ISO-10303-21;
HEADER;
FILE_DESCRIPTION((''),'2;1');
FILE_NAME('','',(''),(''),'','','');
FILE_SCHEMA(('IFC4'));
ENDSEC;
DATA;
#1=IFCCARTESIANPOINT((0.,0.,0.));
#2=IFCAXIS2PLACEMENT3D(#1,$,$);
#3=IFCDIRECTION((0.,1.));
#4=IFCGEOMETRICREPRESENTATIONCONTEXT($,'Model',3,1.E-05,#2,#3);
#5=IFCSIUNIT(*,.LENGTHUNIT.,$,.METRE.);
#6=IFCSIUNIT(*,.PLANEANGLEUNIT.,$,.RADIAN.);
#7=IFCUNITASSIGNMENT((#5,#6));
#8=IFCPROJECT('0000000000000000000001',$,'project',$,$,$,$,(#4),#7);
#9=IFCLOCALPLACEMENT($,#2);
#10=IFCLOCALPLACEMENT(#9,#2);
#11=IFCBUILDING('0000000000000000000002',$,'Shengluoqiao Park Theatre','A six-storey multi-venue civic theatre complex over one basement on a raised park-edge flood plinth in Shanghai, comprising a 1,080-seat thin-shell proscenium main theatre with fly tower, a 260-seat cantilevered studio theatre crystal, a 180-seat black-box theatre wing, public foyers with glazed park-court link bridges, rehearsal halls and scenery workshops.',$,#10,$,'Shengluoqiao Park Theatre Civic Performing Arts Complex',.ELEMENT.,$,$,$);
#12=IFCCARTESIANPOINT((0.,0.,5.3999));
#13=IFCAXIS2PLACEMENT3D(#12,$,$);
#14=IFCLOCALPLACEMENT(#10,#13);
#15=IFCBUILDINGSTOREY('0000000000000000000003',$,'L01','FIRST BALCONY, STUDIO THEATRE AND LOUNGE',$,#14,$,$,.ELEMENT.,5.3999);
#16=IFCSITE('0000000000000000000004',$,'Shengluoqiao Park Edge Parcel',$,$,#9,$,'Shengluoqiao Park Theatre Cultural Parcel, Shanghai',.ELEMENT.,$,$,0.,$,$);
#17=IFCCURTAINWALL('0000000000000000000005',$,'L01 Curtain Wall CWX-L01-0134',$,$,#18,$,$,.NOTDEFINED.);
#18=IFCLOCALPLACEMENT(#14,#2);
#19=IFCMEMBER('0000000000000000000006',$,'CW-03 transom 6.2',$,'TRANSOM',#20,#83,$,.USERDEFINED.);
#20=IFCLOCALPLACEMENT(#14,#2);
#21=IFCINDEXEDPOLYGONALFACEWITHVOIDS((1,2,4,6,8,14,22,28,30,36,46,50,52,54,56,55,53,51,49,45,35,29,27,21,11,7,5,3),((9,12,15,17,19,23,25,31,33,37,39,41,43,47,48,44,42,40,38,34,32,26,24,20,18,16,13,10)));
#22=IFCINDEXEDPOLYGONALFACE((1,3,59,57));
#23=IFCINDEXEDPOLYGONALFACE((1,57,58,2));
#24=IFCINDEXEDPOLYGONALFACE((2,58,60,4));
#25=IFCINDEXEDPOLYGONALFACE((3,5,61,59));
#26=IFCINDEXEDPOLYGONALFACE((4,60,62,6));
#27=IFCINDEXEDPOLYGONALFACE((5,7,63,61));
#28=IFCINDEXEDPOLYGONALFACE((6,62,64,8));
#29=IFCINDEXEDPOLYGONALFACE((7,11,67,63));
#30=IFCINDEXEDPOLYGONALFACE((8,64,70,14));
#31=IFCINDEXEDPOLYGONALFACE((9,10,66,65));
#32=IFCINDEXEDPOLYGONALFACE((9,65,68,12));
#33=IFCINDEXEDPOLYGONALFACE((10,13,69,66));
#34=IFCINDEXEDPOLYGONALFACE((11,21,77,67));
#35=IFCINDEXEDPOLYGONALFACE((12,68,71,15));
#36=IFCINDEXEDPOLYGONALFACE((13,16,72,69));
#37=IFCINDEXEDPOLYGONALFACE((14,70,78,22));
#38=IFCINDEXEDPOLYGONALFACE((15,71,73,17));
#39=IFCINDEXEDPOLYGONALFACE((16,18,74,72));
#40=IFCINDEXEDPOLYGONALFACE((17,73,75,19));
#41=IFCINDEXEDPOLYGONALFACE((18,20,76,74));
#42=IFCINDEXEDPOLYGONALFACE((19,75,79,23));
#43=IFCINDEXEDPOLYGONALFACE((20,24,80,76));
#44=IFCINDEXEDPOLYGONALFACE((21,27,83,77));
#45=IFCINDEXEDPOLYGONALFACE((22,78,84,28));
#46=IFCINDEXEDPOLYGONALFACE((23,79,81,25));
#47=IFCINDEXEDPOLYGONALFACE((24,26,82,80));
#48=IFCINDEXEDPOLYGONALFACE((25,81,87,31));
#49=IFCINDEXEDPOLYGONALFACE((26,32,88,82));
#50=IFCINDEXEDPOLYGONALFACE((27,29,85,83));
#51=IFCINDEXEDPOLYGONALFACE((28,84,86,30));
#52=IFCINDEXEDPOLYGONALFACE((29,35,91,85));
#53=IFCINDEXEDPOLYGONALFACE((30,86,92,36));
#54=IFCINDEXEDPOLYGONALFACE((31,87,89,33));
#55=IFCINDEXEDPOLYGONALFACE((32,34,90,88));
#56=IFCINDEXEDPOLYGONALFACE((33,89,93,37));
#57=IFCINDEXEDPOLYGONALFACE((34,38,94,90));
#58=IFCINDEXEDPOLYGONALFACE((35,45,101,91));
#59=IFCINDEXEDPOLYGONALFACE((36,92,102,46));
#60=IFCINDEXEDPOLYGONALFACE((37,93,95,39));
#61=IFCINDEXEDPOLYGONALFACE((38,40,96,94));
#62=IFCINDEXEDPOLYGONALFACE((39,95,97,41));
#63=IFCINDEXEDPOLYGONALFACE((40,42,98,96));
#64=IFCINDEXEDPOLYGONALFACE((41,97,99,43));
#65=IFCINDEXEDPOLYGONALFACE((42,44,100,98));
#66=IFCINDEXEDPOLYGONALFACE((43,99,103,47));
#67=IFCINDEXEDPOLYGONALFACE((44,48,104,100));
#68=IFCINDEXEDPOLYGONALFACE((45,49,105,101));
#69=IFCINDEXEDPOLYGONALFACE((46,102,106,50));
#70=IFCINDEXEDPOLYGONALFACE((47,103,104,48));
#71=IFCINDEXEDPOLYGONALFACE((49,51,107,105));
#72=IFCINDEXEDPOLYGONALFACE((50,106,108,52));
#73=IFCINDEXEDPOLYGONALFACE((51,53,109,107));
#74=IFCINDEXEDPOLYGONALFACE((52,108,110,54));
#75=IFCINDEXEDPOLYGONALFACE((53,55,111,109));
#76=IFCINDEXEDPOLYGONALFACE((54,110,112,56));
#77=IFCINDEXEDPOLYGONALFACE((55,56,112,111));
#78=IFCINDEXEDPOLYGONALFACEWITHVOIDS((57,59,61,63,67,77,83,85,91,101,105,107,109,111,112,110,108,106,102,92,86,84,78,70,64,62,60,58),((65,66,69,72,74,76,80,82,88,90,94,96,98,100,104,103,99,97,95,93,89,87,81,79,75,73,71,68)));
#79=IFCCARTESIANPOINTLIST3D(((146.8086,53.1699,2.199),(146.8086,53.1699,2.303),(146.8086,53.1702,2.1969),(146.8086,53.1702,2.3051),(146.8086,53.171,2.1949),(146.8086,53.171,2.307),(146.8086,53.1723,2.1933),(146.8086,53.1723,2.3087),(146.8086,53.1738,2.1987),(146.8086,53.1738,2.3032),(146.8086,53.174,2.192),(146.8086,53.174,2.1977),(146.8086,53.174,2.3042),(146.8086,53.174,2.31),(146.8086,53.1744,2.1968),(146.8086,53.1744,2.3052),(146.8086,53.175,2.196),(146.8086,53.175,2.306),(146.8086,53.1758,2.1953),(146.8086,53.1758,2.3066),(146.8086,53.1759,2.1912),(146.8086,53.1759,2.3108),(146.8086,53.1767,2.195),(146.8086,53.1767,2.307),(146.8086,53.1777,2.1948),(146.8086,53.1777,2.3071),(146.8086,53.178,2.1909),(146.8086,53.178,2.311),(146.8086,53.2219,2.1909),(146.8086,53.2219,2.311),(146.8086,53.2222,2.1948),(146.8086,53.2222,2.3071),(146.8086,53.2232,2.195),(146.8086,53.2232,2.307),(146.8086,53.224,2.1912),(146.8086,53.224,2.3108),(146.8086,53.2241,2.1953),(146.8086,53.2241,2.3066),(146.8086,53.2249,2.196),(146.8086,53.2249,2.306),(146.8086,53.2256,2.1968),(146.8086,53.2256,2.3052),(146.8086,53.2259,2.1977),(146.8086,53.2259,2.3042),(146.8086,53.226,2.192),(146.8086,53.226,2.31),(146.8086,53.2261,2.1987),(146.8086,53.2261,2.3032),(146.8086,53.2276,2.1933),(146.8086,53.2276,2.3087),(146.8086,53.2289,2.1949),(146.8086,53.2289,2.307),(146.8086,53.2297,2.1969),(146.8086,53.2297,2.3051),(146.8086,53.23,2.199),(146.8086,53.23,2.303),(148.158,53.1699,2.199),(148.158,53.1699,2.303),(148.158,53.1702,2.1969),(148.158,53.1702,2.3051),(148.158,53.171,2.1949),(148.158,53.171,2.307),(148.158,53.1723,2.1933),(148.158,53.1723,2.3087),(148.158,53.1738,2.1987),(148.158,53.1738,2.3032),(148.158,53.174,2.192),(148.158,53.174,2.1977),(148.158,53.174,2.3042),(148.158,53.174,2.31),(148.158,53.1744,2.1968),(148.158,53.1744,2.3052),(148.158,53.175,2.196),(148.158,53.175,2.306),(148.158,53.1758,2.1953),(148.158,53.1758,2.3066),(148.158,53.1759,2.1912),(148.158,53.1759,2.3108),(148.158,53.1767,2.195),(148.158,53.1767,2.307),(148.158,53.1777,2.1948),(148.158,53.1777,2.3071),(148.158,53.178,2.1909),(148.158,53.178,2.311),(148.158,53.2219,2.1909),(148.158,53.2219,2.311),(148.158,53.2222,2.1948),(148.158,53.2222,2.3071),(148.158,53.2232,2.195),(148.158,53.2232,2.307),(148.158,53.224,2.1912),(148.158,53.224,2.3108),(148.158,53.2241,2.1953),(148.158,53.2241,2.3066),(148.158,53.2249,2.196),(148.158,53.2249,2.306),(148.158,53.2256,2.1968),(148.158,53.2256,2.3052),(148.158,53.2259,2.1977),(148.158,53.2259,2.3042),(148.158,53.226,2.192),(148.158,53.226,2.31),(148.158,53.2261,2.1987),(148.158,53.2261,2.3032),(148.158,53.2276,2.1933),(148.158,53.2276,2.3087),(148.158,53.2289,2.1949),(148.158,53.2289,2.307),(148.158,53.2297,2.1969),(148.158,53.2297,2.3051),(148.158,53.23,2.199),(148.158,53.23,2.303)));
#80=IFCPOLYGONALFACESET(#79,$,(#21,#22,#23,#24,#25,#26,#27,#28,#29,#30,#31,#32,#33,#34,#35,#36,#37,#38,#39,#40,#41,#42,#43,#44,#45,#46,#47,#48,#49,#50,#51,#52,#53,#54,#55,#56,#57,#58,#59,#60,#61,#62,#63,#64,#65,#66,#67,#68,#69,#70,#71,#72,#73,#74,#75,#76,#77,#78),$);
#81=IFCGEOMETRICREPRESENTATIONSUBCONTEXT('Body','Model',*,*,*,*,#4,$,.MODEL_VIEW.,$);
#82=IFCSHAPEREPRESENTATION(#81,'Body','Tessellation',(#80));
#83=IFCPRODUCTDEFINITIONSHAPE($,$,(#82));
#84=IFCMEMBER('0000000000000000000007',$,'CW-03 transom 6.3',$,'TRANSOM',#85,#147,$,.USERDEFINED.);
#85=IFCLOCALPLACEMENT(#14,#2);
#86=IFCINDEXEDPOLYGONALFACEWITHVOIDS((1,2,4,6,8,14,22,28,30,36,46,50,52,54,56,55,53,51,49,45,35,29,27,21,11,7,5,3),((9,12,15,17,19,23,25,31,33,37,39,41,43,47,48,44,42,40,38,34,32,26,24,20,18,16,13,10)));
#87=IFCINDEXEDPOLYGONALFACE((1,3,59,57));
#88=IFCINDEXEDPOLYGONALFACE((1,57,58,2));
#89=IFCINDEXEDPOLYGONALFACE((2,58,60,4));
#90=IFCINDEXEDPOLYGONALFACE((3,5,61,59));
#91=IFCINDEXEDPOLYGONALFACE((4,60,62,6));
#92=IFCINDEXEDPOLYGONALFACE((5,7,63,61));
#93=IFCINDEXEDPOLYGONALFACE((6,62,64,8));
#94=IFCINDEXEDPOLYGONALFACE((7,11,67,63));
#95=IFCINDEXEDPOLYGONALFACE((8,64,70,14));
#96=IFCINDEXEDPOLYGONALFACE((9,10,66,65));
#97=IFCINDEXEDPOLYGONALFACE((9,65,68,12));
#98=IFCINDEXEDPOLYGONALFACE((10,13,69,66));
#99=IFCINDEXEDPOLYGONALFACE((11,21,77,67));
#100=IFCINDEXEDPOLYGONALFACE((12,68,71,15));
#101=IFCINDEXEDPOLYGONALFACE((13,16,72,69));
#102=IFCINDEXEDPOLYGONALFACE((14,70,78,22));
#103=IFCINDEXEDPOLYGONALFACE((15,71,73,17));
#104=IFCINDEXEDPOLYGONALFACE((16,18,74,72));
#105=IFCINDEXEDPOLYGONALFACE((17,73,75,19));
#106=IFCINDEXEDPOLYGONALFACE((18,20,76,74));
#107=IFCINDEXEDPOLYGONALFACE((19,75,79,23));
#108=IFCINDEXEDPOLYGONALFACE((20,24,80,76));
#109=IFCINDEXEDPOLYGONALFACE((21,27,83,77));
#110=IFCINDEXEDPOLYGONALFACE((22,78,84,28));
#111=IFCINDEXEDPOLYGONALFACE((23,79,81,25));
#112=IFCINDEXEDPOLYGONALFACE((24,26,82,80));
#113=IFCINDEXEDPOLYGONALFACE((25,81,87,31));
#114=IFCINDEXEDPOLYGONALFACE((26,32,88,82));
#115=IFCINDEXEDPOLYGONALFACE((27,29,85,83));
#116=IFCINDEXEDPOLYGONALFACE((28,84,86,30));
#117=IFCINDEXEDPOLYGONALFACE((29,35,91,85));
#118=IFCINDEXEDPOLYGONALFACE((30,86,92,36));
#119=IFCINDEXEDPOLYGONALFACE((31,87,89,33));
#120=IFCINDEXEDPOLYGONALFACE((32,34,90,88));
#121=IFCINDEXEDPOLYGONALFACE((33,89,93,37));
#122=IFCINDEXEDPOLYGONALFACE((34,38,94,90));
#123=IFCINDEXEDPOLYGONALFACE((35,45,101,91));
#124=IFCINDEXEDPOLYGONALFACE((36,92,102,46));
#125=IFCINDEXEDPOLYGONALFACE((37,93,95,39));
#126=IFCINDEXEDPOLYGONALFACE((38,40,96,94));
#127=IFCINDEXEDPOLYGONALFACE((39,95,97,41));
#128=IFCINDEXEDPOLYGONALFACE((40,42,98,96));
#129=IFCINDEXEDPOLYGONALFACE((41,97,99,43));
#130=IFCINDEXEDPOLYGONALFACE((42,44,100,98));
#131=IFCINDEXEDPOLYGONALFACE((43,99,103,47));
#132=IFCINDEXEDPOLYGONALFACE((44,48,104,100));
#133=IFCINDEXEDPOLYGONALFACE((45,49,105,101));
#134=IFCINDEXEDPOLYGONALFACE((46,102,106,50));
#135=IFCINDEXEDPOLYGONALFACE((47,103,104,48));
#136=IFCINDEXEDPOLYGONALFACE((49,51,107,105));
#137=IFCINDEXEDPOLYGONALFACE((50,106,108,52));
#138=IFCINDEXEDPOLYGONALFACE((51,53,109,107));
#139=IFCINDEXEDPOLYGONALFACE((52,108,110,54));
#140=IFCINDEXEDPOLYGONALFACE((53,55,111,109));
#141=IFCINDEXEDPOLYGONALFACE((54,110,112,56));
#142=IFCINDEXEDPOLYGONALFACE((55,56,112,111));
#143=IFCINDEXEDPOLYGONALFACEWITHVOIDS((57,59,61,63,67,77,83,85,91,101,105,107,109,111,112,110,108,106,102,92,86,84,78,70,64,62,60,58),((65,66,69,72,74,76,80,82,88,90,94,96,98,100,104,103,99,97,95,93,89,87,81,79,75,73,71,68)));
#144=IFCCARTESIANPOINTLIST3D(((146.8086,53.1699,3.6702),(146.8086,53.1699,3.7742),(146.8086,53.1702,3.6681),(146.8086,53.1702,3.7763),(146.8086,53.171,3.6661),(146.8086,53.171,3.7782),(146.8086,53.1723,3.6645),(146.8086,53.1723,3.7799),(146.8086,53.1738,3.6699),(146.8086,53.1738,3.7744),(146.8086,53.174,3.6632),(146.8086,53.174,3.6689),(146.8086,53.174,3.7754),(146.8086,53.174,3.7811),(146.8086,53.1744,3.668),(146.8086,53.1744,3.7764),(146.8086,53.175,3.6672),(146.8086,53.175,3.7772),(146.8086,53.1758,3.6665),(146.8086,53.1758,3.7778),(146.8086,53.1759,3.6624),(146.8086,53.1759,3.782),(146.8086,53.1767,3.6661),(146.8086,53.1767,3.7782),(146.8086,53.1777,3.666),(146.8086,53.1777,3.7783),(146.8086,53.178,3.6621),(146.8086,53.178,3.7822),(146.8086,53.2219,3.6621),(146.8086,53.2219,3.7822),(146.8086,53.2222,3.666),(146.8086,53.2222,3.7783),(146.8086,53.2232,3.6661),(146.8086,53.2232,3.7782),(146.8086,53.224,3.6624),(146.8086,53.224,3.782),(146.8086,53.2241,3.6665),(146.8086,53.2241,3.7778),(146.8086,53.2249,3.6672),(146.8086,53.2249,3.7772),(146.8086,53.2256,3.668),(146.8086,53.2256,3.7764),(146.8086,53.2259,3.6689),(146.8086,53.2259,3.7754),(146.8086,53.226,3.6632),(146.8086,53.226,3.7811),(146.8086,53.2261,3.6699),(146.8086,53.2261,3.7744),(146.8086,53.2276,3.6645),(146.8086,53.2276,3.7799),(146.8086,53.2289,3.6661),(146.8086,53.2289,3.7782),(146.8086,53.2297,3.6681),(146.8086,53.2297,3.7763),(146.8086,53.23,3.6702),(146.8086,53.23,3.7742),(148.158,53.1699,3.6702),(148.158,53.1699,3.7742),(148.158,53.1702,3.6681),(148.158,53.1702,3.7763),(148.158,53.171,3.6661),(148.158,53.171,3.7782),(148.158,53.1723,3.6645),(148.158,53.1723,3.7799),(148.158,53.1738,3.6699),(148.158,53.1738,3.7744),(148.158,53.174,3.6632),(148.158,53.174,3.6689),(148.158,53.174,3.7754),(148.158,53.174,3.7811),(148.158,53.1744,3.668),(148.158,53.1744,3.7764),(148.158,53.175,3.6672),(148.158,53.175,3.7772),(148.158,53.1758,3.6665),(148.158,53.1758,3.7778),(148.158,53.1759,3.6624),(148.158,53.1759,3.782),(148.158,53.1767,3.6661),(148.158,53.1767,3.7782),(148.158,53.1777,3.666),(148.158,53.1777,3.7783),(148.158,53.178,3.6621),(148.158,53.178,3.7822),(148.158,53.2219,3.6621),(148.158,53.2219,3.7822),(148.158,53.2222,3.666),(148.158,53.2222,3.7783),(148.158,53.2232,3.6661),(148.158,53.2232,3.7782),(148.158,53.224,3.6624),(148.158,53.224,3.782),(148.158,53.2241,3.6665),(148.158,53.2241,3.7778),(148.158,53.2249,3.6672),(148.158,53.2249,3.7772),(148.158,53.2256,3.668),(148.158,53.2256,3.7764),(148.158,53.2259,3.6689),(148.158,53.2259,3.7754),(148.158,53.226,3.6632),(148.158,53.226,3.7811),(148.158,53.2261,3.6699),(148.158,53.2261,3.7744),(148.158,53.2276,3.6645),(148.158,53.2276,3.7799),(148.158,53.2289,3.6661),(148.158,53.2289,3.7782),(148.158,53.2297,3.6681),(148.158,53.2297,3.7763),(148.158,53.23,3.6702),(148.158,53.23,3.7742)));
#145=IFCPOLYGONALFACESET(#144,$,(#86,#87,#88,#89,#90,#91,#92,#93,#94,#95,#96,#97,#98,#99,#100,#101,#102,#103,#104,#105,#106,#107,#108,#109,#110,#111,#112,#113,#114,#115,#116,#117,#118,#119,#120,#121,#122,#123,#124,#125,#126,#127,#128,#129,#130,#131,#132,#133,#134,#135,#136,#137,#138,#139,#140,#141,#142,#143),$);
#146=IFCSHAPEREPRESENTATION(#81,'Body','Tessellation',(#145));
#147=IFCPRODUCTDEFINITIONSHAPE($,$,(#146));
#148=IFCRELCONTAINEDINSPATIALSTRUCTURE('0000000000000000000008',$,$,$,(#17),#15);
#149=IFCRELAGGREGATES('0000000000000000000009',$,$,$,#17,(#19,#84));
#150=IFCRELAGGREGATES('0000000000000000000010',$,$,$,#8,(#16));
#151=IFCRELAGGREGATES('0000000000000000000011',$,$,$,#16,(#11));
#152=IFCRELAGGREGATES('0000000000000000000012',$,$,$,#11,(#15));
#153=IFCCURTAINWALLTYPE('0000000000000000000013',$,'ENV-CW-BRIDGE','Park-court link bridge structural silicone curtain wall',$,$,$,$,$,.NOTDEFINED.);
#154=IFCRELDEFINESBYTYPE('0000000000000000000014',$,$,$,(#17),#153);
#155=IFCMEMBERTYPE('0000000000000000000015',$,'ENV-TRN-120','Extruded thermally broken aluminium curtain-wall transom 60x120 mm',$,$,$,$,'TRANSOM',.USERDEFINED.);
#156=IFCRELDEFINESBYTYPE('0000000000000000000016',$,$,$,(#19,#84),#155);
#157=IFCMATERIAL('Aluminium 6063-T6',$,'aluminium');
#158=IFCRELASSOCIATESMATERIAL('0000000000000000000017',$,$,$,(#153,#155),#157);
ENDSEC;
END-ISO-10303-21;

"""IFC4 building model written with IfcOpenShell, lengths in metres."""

from ifc_helpers import new_model, si_unit, direction, frame, origin, origin_2d, place, context, subcontext, project, spatial, hollow_rectangle, extrude, material, material_profile, profile_set, type_object, element, aggregate, save


model = new_model("IFC4")

# Units and contexts
model_context = context("Model", 3, precision=1e-05, world=origin(), true_north=direction((0.0, 1.0)))
body_context = subcontext(model_context, "Body", "Model", "MODEL_VIEW")
ifc_project = project(units=[si_unit("LENGTHUNIT", "METRE"), si_unit("PLANEANGLEUNIT", "RADIAN")], contexts=[model_context])

# Site, building, storey
site_placement = place(None, origin())
site = spatial("IfcSite", under=ifc_project, at=site_placement, Name="Shengluoqiao Park Edge Parcel", LongName="Shengluoqiao Park Theatre Cultural Parcel, Shanghai", CompositionType="ELEMENT", RefElevation=0.0)
building_placement = place(site_placement, origin())
building = spatial("IfcBuilding", under=site, at=building_placement, Name="Shengluoqiao Park Theatre", Description="A six-storey multi-venue civic theatre complex over one basement on a raised park-edge flood plinth in Shanghai, comprising a 1,080-seat thin-shell proscenium main theatre with fly tower, a 260-seat cantilevered studio theatre crystal, a 180-seat black-box theatre wing, public foyers with glazed park-court link bridges, rehearsal halls and scenery workshops.", LongName="Shengluoqiao Park Theatre Civic Performing Arts Complex", CompositionType="ELEMENT")
storey_placement = place(building_placement, frame((0.0, 0.0, 5.3999)))
storey = spatial("IfcBuildingStorey", under=building, at=storey_placement, Name="L01", Description="FIRST BALCONY, STUDIO THEATRE AND LOUNGE", CompositionType="ELEMENT", Elevation=5.3999)

# Curtain wall
ifc_material_1 = material(Name="Aluminium 6063-T6", Category="aluminium")
curtain_wall_type = type_object("IfcCurtainWallType", Name="ENV-CW-BRIDGE", Description="Park-court link bridge structural silicone curtain wall", PredefinedType="NOTDEFINED", material=ifc_material_1)
curtain_wall_1_placement = place(storey_placement, origin())
curtain_wall_1 = element("IfcCurtainWall", 1, at=curtain_wall_1_placement, inside=storey, type_object=curtain_wall_type, Name="L01 Curtain Wall CWX-L01-0134", PredefinedType="NOTDEFINED")

# Members
ifc_material_profile_1 = material_profile(ifc_material_1, hollow_rectangle(XDim=0.0601, YDim=0.1201, WallThickness=0.0039, InnerFilletRadius=0.0039, OuterFilletRadius=0.0081, at=origin_2d()), Name="ALU TRANSOM 120x60x4")
ifc_profile_set_1 = profile_set([ifc_material_profile_1], Name="Aluminium 6063-T6")
member_type_1 = type_object("IfcMemberType", Name="ENV-TRN-120", Description="Extruded thermally broken aluminium curtain-wall transom 60x120 mm", ElementType="TRANSOM", PredefinedType="USERDEFINED", material=ifc_profile_set_1)
member_1_placement = place(storey_placement, frame((146.8086, 53.2, 2.251), z_axis=(1.0, 0.0, 0.0), x_axis=(0.0, 1.0, 0.0)))
member_1 = element("IfcMember", 2, at=member_1_placement, type_object=member_type_1, Name="CW-03 transom 6.2", ObjectType="TRANSOM", PredefinedType="USERDEFINED", context=body_context, shape_type="SweptSolid", body=[
    extrude(hollow_rectangle(XDim=0.0601, YDim=0.1201, WallThickness=0.0039, InnerFilletRadius=0.0039, OuterFilletRadius=0.0081, at=origin_2d()), origin(), (0.0, 0.0, 1.0), 1.3494),
])
member_2_placement = place(storey_placement, frame((146.8086, 53.2, 3.7222), z_axis=(1.0, 0.0, 0.0), x_axis=(0.0, 1.0, 0.0)))
member_2 = element("IfcMember", 3, at=member_2_placement, type_object=member_type_1, Name="CW-03 transom 6.3", ObjectType="TRANSOM", PredefinedType="USERDEFINED", context=body_context, shape_type="SweptSolid", body=[
    extrude(hollow_rectangle(XDim=0.0601, YDim=0.1201, WallThickness=0.0039, InnerFilletRadius=0.0039, OuterFilletRadius=0.0081, at=origin_2d()), origin(), (0.0, 0.0, 1.0), 1.3494),
])

aggregate(curtain_wall_1, [member_1, member_2])

save(model, "model.ifc")
